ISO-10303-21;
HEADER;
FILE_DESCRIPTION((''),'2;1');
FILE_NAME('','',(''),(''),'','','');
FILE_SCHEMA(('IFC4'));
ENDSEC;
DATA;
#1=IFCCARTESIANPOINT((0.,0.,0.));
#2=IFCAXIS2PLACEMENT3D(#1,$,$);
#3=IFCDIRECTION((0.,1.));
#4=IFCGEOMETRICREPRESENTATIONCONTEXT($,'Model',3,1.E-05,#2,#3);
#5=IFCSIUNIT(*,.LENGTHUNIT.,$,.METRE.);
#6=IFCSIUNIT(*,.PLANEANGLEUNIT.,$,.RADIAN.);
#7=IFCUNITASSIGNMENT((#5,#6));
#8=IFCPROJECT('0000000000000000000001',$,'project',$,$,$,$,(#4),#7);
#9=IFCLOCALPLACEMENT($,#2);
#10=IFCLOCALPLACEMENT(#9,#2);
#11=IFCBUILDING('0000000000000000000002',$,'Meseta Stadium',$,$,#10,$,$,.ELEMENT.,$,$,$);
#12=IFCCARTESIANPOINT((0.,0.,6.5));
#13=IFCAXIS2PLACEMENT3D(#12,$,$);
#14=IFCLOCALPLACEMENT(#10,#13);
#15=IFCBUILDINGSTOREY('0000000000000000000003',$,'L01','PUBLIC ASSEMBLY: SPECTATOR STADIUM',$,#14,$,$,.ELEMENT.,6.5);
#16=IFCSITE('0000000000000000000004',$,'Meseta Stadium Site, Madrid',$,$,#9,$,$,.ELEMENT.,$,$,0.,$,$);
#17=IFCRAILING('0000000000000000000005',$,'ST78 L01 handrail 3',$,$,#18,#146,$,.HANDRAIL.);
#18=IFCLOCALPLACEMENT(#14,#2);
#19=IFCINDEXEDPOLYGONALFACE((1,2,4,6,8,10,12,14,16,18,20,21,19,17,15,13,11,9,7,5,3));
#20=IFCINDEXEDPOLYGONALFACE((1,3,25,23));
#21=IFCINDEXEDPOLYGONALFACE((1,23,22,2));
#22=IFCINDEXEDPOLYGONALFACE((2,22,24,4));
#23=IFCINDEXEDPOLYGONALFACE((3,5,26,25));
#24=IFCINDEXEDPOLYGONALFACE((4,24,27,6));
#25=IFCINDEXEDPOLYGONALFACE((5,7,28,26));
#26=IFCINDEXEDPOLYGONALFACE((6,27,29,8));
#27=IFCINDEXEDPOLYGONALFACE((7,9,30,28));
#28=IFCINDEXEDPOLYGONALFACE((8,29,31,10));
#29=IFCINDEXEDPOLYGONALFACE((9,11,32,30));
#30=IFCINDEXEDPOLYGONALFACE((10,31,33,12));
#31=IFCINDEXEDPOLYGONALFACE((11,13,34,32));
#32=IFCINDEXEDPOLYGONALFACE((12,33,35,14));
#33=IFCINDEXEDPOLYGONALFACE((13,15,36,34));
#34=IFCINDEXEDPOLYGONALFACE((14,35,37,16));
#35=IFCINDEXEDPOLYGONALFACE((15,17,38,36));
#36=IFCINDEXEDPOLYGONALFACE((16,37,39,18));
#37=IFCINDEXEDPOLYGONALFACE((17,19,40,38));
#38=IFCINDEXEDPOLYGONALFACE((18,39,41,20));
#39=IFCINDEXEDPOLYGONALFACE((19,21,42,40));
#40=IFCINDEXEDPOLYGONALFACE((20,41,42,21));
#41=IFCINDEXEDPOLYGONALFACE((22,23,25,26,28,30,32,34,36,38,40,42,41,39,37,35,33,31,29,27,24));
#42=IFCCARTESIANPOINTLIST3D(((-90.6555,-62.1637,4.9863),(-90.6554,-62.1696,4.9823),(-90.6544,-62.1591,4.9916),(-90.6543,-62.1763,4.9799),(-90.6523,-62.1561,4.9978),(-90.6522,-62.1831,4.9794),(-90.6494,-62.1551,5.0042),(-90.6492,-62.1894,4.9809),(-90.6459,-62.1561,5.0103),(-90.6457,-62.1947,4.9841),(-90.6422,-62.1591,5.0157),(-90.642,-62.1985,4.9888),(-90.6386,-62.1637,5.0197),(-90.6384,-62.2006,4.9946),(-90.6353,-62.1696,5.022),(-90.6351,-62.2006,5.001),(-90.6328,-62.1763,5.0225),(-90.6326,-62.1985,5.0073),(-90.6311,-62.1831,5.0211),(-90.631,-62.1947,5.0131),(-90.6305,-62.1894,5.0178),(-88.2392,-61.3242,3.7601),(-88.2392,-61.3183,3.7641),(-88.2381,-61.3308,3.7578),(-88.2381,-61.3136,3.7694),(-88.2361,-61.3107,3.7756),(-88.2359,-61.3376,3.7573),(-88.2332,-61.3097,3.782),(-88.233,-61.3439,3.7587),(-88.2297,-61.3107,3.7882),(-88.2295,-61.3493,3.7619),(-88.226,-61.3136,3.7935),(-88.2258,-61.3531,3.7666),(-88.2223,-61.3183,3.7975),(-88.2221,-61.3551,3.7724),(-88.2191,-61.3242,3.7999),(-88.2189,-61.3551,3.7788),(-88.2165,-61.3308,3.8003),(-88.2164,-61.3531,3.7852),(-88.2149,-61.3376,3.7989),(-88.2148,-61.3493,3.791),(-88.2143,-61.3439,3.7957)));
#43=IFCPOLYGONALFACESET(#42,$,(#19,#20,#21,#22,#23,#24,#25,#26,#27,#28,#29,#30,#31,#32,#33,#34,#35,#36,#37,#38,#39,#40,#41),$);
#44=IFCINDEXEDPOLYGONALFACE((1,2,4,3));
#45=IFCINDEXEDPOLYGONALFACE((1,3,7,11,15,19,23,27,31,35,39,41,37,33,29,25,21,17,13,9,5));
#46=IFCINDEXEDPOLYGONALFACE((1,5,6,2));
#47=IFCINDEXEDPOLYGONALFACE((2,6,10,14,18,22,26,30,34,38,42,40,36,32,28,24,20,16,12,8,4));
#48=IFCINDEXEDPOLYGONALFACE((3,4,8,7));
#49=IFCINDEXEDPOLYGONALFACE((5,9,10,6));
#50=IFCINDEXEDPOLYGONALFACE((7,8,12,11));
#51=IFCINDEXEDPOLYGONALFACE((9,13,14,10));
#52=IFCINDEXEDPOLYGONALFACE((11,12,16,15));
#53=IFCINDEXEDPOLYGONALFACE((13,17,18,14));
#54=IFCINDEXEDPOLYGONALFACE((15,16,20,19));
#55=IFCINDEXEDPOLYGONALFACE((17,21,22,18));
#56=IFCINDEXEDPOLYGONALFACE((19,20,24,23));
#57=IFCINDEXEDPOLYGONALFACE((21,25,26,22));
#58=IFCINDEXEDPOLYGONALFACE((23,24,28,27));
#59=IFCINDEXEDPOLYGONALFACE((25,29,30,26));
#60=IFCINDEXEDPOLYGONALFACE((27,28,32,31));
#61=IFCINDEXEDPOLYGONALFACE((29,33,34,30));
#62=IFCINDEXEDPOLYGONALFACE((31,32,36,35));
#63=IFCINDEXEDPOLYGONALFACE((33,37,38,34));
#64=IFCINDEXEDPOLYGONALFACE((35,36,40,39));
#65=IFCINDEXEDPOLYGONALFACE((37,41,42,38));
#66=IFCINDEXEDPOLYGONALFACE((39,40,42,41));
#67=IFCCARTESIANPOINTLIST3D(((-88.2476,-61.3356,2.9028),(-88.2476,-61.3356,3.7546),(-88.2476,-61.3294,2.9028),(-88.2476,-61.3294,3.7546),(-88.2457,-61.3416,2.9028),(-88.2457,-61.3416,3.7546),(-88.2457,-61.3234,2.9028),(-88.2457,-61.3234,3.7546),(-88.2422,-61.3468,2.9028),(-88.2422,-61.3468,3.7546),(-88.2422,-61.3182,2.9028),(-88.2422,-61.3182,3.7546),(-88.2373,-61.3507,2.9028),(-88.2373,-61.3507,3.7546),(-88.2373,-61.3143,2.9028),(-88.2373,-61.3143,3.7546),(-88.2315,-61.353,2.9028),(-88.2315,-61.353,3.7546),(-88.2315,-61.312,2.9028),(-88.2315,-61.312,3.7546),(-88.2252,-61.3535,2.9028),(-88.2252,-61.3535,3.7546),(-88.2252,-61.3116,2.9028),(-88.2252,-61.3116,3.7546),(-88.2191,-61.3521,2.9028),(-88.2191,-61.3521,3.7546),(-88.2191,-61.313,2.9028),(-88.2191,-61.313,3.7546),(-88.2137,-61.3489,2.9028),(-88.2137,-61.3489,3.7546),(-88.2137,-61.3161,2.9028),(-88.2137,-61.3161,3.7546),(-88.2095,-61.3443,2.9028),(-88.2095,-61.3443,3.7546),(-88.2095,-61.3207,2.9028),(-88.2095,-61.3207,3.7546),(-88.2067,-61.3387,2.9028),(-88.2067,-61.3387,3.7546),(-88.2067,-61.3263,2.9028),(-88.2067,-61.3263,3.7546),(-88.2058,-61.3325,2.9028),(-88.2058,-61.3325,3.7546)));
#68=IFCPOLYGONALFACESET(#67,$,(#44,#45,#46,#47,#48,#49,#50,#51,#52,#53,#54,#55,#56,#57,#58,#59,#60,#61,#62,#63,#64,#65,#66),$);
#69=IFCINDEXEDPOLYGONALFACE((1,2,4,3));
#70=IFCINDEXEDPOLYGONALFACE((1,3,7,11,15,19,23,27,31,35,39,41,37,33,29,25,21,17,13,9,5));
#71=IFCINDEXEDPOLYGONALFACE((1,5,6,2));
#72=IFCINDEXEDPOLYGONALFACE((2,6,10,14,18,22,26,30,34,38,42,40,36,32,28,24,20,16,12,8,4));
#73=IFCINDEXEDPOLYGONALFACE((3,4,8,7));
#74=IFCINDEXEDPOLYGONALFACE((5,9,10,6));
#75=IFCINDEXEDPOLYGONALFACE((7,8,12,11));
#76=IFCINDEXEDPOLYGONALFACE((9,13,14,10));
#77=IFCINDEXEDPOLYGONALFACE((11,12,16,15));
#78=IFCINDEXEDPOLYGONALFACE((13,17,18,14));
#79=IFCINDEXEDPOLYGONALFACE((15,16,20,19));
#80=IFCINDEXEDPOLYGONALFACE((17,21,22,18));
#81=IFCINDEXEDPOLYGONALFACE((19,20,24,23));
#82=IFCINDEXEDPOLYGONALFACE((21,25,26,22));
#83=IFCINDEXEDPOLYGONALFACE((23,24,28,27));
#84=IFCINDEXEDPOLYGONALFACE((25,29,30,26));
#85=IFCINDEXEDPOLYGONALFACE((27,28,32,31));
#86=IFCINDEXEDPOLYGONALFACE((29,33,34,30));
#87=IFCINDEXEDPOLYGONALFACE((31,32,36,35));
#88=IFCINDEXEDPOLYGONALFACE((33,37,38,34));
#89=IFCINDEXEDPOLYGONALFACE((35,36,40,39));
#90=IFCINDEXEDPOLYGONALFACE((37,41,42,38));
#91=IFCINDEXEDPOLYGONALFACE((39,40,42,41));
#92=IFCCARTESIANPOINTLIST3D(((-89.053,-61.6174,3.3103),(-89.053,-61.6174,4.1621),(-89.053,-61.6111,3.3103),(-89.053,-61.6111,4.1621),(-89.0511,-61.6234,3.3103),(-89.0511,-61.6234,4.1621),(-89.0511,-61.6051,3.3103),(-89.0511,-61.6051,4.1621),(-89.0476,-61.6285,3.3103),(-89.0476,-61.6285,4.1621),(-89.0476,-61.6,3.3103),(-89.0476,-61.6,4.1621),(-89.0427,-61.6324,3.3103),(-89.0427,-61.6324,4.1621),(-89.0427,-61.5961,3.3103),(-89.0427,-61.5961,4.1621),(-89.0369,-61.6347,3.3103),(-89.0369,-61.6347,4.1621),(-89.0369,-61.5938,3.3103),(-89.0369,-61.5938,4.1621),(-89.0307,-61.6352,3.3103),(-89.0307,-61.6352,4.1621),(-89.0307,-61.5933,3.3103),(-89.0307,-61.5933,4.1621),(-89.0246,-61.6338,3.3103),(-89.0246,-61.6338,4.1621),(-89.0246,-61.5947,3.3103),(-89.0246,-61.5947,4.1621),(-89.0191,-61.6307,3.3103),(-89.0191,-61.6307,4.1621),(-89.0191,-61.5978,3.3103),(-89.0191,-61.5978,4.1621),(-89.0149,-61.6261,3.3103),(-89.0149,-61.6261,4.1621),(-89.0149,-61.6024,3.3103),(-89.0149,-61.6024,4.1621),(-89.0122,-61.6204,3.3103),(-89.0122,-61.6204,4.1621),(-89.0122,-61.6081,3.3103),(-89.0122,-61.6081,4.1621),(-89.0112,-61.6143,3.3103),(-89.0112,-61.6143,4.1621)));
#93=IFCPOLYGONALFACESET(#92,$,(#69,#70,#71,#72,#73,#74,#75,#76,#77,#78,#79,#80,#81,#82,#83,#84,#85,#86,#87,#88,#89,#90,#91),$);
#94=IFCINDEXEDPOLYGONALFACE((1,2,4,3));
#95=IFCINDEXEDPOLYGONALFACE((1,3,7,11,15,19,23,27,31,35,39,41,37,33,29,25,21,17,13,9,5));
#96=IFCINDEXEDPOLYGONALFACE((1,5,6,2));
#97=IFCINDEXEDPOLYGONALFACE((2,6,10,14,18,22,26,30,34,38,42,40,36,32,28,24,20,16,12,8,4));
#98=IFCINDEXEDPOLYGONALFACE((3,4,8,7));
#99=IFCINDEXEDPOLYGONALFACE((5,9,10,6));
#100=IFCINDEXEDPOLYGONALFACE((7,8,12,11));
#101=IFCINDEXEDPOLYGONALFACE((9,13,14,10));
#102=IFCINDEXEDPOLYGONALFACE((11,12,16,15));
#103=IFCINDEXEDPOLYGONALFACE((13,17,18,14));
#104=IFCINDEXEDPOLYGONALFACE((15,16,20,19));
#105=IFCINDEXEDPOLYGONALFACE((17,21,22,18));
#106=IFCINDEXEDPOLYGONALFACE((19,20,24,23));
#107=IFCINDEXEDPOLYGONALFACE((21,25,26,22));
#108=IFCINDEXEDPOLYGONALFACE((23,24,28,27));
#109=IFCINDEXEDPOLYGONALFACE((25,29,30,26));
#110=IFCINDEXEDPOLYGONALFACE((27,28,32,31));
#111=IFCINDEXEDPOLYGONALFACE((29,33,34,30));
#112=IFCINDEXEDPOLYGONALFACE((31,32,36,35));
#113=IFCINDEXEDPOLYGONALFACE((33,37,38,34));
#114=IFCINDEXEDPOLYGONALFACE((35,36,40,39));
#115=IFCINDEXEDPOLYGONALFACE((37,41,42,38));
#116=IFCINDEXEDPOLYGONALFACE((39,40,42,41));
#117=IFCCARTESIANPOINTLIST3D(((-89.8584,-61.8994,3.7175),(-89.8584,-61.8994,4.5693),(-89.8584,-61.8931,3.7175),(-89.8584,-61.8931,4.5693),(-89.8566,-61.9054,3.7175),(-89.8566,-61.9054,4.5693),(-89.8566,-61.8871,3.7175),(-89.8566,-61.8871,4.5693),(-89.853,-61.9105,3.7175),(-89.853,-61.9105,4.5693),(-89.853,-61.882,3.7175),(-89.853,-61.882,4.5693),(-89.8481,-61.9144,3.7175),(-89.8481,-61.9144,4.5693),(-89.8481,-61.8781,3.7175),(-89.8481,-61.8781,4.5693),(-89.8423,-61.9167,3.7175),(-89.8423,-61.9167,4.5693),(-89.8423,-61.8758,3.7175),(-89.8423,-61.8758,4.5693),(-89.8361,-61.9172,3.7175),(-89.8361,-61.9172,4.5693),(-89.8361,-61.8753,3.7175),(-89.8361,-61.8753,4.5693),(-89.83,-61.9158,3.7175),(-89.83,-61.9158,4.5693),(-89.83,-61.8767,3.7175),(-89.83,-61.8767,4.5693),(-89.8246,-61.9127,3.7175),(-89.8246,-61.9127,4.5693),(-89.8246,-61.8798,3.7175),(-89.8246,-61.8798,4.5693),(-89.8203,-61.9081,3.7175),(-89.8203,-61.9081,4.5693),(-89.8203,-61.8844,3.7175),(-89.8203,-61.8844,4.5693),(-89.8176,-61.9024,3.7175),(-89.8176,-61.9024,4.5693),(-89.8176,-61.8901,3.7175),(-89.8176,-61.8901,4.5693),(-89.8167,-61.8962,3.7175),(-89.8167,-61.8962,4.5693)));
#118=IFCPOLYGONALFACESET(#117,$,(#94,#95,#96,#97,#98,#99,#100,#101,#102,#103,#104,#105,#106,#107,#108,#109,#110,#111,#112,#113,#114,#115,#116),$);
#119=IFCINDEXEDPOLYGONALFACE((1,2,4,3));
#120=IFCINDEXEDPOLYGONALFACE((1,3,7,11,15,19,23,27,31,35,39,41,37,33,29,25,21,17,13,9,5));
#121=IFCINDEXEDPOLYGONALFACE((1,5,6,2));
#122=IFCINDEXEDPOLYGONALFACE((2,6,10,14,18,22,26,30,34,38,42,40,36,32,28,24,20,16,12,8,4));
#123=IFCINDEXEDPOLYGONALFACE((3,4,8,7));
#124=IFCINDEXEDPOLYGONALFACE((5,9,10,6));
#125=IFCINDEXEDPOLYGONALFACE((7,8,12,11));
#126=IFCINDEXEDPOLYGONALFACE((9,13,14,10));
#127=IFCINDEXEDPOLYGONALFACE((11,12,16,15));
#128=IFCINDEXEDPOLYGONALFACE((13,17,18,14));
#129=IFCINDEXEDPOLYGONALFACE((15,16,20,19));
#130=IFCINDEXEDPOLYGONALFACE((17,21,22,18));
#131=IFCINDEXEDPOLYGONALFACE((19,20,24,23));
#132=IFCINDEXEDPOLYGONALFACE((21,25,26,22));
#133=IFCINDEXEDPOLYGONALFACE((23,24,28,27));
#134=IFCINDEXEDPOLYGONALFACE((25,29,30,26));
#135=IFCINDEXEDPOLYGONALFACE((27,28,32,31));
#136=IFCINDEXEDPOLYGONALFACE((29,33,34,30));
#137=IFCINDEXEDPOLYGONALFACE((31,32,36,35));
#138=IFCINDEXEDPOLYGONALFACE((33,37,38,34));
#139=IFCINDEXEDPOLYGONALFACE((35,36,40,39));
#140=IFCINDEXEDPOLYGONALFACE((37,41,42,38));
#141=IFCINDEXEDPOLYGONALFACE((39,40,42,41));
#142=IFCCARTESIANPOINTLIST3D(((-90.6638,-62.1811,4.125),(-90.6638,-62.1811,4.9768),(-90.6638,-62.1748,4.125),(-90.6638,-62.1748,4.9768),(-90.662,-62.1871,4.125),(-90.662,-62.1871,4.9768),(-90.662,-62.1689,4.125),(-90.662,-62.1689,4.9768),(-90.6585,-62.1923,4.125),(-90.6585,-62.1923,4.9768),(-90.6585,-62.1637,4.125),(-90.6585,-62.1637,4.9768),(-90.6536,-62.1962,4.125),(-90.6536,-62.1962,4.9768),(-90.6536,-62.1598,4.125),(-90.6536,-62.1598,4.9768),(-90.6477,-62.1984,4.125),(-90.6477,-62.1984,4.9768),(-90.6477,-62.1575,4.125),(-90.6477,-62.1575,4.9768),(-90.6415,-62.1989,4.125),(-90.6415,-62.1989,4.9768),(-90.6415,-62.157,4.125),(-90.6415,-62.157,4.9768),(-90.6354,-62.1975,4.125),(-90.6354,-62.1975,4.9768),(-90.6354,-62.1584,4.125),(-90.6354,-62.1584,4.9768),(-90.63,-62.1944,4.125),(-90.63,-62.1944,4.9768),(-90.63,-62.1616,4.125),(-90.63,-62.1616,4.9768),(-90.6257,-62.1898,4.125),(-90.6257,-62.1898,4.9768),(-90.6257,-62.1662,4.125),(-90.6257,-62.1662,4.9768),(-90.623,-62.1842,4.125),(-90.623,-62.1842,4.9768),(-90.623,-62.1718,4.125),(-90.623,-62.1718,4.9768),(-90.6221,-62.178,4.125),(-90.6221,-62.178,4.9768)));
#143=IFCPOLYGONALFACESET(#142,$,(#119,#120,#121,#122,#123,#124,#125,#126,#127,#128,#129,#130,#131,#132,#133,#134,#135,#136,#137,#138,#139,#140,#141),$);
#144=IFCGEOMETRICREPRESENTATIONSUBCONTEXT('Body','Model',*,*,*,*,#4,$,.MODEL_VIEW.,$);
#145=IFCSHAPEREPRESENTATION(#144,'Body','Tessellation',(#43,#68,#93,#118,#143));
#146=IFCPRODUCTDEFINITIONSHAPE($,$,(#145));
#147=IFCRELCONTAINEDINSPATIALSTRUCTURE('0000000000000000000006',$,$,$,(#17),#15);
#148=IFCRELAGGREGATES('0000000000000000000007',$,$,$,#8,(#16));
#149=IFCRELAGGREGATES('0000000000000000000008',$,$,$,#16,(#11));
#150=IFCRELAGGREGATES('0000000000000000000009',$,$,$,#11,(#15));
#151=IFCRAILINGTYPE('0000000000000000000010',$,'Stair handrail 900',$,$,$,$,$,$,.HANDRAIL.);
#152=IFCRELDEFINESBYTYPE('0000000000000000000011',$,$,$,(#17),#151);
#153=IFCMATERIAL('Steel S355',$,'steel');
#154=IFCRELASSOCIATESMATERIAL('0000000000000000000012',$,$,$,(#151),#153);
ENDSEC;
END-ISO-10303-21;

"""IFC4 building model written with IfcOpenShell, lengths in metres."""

from ifc_helpers import new_model, si_unit, direction, frame, origin, origin_2d, place, context, subcontext, project, spatial, circle, extrude, material, type_object, element, save


model = new_model("IFC4")

# Units and contexts
model_context = context("Model", 3, precision=1e-05, world=origin(), true_north=direction((0.0, 1.0)))
body_context = subcontext(model_context, "Body", "Model", "MODEL_VIEW")
ifc_project = project(units=[si_unit("LENGTHUNIT", "METRE"), si_unit("PLANEANGLEUNIT", "RADIAN")], contexts=[model_context])

# Site, building, storey
site_placement = place(None, origin())
site = spatial("IfcSite", under=ifc_project, at=site_placement, Name="Meseta Stadium Site, Madrid", CompositionType="ELEMENT", RefElevation=0.0)
building_placement = place(site_placement, origin())
building = spatial("IfcBuilding", under=site, at=building_placement, Name="Meseta Stadium", CompositionType="ELEMENT")
storey_placement = place(building_placement, frame((0.0, 0.0, 6.5)))
storey = spatial("IfcBuildingStorey", under=building, at=storey_placement, Name="L01", Description="PUBLIC ASSEMBLY: SPECTATOR STADIUM", CompositionType="ELEMENT", Elevation=6.5)

# Railing
ifc_material_1 = material(Name="Steel S355", Category="steel")
railing_type_1 = type_object("IfcRailingType", Name="Stair handrail 900", PredefinedType="HANDRAIL", material=ifc_material_1)
for number, where, name in (
    (1, (-88.2268, -61.3325, 2.9028), "ST78 L01 handrail 3"),
):
    element("IfcRailing", number, at=place(storey_placement, frame(where)), inside=storey, type_object=railing_type_1, Name=name, PredefinedType="HANDRAIL", context=body_context, shape_type="SweptSolid", body=[
        extrude(circle(Radius=0.0239, at=origin_2d()), frame((0.0, 0.0, 0.876), z_axis=(-0.851789, -0.298044, 0.430843), x_axis=(0.33027, -0.943887, 0.0)), (0.0, 0.0, 1.0), 2.8367),
        extrude(circle(Radius=0.021, at=origin_2d()), origin(), (0.0, 0.0, 1.0), 0.8518),
        extrude(circle(Radius=0.021, at=origin_2d()), frame((-0.8054, -0.2817, 0.4075)), (0.0, 0.0, 1.0), 0.8518),
        extrude(circle(Radius=0.021, at=origin_2d()), frame((-1.6108, -0.5637, 0.8147)), (0.0, 0.0, 1.0), 0.8518),
        extrude(circle(Radius=0.021, at=origin_2d()), frame((-2.4163, -0.8455, 1.2222)), (0.0, 0.0, 1.0), 0.8518),
    ])

save(model, "model.ifc")
